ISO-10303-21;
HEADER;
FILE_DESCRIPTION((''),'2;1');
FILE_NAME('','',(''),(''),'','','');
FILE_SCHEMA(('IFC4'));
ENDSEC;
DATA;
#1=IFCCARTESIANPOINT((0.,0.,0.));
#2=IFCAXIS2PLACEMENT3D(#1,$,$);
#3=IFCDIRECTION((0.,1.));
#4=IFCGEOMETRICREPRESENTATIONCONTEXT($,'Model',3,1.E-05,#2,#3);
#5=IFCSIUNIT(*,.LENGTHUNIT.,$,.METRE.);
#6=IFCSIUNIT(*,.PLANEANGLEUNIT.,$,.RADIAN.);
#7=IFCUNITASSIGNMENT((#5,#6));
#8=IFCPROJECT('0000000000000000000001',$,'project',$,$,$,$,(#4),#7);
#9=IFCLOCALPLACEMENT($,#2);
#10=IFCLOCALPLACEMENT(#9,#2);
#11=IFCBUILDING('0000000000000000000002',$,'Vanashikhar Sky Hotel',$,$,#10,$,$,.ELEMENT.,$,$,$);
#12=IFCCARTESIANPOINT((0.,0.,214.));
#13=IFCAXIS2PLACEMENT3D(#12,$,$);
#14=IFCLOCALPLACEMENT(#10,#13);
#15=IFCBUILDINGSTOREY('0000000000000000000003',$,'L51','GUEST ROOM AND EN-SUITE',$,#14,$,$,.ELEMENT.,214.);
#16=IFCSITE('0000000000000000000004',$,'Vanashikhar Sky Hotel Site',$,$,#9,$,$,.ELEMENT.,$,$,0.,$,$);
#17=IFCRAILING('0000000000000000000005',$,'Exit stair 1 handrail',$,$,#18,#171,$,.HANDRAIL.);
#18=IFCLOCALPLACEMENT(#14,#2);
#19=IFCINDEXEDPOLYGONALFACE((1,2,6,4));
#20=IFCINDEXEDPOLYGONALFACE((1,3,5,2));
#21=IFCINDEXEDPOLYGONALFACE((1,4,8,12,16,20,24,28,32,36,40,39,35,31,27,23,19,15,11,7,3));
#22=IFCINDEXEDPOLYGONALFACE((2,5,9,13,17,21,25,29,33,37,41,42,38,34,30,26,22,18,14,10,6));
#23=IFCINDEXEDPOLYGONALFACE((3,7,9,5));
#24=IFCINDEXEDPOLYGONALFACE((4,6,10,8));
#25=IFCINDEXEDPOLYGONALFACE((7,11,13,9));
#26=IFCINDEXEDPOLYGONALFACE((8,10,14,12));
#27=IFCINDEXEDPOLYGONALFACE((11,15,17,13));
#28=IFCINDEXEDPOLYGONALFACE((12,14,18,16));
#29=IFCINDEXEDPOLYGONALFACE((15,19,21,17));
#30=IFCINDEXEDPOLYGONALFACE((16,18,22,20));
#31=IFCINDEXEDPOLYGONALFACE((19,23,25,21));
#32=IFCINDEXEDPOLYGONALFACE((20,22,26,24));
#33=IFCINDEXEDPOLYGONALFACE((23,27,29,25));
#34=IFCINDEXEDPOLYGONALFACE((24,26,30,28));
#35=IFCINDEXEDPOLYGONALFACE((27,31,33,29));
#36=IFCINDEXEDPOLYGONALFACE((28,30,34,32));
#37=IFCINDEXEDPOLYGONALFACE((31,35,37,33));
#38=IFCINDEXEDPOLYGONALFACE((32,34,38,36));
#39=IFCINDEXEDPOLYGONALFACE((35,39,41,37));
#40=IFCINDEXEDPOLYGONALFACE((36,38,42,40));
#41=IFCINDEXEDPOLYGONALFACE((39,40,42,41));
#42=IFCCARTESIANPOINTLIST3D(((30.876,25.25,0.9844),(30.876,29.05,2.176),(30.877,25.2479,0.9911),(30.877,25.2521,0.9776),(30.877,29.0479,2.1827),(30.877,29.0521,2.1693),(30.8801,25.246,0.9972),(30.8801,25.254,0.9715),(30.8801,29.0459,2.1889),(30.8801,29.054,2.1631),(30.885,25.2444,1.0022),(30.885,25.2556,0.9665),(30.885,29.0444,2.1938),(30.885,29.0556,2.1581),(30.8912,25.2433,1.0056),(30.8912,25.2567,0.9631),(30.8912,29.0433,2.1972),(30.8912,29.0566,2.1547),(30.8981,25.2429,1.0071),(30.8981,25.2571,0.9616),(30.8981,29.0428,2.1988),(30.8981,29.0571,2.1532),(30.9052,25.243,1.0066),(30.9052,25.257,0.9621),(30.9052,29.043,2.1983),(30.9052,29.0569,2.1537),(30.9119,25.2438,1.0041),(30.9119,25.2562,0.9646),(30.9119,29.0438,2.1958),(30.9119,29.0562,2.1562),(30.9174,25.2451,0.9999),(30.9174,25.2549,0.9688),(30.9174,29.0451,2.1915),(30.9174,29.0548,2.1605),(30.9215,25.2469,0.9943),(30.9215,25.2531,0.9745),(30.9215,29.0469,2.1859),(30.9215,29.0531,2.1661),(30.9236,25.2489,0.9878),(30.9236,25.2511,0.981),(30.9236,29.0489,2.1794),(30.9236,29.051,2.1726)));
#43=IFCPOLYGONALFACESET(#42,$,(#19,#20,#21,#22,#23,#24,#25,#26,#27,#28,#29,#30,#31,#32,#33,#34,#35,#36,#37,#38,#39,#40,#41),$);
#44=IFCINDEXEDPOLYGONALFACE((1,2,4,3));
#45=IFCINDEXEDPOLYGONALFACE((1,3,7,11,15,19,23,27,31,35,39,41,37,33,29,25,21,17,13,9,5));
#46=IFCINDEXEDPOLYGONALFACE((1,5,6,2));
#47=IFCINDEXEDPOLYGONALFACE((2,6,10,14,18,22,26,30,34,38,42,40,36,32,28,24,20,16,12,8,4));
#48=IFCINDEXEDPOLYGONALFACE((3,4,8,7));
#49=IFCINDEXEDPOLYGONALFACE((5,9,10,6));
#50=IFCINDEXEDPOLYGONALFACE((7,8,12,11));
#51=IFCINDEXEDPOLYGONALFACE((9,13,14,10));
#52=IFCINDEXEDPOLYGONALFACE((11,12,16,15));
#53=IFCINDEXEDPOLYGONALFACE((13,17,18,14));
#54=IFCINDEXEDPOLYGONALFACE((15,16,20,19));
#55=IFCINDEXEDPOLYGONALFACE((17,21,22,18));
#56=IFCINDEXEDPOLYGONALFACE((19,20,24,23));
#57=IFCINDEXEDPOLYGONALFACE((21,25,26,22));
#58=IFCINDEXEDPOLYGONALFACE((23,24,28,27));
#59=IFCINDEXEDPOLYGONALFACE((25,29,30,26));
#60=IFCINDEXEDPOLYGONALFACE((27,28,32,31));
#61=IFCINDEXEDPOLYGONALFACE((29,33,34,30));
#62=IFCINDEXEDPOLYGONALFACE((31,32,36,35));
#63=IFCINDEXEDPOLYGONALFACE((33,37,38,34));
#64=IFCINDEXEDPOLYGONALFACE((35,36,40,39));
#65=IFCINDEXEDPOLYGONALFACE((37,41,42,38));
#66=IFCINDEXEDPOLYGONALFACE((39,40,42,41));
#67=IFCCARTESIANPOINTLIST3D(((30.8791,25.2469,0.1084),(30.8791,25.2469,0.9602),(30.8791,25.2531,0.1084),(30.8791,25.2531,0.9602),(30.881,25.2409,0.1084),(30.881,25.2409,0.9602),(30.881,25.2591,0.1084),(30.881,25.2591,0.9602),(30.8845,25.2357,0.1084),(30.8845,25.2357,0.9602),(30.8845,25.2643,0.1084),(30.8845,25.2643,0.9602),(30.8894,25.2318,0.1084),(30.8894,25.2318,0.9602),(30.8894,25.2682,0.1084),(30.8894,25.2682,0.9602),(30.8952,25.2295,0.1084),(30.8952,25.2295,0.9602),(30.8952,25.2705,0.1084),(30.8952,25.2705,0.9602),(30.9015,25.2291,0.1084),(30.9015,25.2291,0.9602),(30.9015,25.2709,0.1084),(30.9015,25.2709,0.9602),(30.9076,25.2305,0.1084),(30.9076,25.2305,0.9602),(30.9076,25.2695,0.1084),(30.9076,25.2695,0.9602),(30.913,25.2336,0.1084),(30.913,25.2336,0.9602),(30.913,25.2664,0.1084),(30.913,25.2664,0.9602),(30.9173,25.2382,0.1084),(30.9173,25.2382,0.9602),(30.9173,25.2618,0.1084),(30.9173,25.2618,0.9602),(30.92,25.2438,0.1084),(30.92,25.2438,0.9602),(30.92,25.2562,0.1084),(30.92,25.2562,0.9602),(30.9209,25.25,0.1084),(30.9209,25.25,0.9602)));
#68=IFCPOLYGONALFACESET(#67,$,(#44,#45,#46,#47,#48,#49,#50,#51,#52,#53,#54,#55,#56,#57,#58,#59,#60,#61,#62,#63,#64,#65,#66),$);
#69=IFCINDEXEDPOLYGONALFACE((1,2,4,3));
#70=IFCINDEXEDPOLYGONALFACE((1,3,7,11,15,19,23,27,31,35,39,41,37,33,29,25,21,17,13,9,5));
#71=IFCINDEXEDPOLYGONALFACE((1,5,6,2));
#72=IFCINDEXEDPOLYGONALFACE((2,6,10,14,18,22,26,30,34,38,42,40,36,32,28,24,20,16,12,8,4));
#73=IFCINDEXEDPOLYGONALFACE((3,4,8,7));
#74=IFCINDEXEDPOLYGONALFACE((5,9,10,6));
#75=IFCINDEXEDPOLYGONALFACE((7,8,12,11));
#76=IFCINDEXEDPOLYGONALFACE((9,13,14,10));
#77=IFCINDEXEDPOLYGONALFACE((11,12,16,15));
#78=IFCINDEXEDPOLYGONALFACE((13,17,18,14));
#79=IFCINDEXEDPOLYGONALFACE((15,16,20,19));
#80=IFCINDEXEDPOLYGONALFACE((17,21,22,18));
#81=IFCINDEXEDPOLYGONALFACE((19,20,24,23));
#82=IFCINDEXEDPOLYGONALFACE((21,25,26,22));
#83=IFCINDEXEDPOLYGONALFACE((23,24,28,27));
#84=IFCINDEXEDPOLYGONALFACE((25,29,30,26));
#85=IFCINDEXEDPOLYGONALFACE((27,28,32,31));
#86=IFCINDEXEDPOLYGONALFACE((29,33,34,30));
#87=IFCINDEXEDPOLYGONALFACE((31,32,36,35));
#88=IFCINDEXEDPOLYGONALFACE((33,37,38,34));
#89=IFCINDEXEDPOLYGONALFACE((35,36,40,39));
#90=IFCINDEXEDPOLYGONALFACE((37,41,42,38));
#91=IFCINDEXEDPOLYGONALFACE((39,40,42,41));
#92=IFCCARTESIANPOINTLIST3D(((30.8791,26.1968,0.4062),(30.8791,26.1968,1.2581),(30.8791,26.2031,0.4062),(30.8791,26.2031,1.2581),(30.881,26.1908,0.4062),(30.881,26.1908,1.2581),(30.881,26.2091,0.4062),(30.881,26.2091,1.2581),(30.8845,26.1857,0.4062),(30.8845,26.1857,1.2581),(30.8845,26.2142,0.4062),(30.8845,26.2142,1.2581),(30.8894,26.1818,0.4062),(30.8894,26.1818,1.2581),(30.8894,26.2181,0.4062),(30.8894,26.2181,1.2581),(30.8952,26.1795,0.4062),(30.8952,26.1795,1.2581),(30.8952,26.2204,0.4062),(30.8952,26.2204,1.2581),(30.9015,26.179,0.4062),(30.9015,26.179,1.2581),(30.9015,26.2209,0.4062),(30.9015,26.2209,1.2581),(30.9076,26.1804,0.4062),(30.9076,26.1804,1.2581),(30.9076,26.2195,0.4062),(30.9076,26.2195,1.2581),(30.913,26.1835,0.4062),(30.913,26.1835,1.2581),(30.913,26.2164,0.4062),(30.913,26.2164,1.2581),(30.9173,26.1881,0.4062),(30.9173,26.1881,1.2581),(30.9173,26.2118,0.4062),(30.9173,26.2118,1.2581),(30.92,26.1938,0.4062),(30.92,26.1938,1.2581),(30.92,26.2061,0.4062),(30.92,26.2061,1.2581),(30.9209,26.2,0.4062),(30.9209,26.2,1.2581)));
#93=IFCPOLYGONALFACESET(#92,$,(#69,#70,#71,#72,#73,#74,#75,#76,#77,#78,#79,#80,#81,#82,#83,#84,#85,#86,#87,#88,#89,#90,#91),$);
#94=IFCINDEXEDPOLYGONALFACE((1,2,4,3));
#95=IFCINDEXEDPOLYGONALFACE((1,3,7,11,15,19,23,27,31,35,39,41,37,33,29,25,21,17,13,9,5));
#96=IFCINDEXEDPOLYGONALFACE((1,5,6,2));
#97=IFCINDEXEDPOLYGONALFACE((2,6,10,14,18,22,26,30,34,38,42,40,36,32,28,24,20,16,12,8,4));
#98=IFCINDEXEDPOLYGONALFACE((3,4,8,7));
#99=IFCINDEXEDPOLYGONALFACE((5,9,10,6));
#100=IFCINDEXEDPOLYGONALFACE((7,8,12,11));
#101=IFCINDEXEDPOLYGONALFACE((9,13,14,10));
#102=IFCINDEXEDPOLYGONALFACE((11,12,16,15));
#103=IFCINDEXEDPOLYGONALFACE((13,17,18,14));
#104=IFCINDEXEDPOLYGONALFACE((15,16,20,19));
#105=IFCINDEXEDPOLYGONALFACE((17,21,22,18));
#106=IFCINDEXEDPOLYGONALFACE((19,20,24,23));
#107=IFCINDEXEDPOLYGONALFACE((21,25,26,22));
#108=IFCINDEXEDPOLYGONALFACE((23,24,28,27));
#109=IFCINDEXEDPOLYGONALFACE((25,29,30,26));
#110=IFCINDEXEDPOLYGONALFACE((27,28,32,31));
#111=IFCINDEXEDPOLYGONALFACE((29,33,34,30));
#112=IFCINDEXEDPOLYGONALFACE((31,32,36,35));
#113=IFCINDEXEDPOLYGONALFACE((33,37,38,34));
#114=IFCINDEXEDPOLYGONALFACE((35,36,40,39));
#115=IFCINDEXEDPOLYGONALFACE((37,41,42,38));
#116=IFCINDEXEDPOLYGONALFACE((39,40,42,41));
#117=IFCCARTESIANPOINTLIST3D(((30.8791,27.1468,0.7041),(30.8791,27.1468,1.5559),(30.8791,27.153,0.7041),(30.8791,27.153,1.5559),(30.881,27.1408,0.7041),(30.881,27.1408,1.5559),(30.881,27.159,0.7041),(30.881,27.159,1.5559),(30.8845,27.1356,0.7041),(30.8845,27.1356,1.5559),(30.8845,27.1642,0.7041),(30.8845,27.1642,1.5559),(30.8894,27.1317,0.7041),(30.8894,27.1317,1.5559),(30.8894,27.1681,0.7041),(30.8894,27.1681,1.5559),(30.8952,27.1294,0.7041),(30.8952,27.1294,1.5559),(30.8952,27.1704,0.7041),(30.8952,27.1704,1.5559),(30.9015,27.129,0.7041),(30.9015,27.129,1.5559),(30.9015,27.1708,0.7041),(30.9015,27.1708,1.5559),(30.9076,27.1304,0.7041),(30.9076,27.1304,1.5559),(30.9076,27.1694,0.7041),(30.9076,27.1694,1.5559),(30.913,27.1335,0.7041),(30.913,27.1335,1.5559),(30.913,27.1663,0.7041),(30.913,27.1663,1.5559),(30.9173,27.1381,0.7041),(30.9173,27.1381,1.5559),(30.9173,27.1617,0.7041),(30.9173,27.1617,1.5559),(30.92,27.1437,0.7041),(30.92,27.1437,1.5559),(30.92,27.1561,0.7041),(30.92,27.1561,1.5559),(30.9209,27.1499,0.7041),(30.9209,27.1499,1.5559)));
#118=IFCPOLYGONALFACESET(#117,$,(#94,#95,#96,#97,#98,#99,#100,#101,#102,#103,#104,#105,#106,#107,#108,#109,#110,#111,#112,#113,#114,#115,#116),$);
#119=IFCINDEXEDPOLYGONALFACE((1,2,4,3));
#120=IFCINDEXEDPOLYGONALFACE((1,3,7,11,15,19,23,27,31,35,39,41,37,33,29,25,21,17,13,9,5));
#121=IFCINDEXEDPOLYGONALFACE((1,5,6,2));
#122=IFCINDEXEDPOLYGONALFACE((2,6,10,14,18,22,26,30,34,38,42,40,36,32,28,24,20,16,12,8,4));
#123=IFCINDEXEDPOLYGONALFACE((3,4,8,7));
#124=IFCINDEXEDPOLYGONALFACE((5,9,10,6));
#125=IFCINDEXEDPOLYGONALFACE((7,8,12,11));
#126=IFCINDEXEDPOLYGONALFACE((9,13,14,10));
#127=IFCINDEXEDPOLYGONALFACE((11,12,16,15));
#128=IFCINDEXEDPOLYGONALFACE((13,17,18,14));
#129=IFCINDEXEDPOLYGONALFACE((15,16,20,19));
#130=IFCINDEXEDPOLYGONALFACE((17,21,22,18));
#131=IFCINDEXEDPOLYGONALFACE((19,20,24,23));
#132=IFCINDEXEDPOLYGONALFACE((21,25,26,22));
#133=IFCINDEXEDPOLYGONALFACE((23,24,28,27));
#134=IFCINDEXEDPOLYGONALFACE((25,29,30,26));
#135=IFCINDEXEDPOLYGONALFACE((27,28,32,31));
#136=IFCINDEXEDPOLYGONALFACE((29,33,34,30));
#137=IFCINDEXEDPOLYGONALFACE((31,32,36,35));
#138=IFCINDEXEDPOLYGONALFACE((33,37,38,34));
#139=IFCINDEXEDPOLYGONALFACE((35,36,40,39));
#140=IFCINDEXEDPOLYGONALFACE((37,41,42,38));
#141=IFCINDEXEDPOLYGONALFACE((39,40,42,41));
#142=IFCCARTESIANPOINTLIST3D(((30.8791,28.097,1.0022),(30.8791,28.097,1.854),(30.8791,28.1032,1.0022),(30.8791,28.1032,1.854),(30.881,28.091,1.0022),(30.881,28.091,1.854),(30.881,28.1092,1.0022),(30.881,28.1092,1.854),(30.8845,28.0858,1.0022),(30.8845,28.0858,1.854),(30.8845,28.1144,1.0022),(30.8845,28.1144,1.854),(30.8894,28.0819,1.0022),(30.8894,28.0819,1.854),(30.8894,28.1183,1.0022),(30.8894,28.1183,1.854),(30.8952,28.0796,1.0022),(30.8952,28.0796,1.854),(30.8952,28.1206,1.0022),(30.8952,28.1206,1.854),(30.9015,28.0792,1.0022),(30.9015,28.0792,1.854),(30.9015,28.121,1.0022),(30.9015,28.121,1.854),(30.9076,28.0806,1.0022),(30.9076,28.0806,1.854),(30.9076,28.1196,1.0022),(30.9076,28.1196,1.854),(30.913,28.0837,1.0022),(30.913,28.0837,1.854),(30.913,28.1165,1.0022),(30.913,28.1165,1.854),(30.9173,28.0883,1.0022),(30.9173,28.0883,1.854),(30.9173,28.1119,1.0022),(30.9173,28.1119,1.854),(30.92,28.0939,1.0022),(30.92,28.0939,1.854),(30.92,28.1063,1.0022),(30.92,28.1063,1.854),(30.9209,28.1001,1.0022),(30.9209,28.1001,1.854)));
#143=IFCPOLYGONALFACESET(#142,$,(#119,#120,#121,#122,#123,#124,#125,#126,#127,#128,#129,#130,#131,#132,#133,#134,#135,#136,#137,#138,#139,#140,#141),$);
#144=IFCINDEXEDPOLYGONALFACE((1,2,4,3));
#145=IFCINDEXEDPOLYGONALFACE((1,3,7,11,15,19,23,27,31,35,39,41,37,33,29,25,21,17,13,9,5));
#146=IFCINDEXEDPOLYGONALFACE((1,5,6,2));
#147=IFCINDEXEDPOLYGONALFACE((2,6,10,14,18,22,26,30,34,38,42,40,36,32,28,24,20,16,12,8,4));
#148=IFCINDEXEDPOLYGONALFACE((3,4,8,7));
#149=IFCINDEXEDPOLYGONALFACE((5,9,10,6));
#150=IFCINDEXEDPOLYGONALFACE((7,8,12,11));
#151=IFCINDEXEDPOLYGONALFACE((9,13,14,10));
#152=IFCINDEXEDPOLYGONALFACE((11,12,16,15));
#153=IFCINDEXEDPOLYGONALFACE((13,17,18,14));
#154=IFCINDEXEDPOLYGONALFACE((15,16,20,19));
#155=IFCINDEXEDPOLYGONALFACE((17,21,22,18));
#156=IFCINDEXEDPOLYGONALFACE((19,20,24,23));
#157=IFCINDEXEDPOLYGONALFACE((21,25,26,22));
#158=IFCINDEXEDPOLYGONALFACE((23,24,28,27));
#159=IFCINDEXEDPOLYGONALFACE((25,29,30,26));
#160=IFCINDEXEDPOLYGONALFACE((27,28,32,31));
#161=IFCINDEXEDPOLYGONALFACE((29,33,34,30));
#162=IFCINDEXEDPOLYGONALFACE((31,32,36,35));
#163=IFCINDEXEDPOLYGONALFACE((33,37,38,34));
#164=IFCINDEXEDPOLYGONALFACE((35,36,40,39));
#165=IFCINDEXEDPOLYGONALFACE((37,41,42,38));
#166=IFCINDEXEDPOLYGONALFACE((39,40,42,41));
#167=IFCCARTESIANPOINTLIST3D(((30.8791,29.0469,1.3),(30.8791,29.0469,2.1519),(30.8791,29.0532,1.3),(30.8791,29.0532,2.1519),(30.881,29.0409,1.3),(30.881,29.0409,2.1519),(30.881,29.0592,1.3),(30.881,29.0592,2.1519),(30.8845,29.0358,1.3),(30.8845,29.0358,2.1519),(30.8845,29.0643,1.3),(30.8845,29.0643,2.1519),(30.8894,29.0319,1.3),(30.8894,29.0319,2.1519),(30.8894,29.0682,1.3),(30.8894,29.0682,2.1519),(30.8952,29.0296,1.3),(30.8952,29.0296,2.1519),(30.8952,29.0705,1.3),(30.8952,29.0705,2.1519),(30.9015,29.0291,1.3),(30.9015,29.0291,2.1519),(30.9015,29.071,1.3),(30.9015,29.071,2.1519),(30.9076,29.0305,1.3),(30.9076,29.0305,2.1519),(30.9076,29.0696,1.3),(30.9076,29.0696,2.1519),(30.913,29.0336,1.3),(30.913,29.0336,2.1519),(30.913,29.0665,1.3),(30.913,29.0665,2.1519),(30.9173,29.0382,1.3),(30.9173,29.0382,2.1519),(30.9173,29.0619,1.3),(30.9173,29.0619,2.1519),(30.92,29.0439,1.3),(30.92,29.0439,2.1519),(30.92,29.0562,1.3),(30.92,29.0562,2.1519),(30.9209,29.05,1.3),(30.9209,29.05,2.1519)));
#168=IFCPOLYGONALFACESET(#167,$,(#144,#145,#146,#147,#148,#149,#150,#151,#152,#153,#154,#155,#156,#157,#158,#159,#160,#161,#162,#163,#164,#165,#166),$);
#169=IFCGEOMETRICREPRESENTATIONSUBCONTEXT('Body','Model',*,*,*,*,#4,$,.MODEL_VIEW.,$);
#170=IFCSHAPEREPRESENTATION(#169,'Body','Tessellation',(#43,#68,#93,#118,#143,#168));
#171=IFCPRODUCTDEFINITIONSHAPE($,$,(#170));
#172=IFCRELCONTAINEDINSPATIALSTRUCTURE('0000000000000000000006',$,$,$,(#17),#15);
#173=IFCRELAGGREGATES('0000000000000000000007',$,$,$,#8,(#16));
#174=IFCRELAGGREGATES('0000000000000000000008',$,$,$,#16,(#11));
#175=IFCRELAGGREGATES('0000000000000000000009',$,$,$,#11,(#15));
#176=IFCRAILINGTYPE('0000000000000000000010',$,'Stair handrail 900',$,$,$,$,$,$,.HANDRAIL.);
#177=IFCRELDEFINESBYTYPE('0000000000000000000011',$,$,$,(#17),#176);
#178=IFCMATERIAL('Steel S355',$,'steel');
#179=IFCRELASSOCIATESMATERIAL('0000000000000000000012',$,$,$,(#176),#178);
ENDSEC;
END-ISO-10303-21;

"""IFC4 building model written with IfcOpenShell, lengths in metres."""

from ifc_helpers import new_model, si_unit, direction, frame, origin, origin_2d, place, context, subcontext, project, spatial, circle, extrude, source, transform, mapped, material, type_object, element, save


model = new_model("IFC4")

# Units and contexts
model_context = context("Model", 3, precision=1e-05, world=origin(), true_north=direction((0.0, 1.0)))
body_context = subcontext(model_context, "Body", "Model", "MODEL_VIEW")
ifc_project = project(units=[si_unit("LENGTHUNIT", "METRE"), si_unit("PLANEANGLEUNIT", "RADIAN")], contexts=[model_context])

# Site, building, storey
site_placement = place(None, origin())
site = spatial("IfcSite", under=ifc_project, at=site_placement, Name="Vanashikhar Sky Hotel Site", CompositionType="ELEMENT", RefElevation=0.0)
building_placement = place(site_placement, origin())
building = spatial("IfcBuilding", under=site, at=building_placement, Name="Vanashikhar Sky Hotel", CompositionType="ELEMENT")
storey_placement = place(building_placement, frame((0.0, 0.0, 214.0)))
storey = spatial("IfcBuildingStorey", under=building, at=storey_placement, Name="L51", Description="GUEST ROOM AND EN-SUITE", CompositionType="ELEMENT", Elevation=214.0)

# Railing
ifc_material_1 = material(Name="Steel S355", Category="steel")
railing_type_1 = type_object("IfcRailingType", Name="Stair handrail 900", PredefinedType="HANDRAIL", material=ifc_material_1)
shared_shape_1 = source(origin(), body_context, "Body", "SweptSolid", [
    extrude(circle(Radius=0.0239, at=origin_2d()), frame((0.0, 0.0, 0.876), z_axis=(0.0, 0.954184, 0.299221), x_axis=(-1.0, 0.0, 0.0)), (0.0, 0.0, 1.0), 3.9824),
    extrude(circle(Radius=0.021, at=origin_2d()), origin(), (0.0, 0.0, 1.0), 0.8518),
    extrude(circle(Radius=0.021, at=origin_2d()), frame((0.0, 0.95, 0.2979)), (0.0, 0.0, 1.0), 0.8518),
    extrude(circle(Radius=0.021, at=origin_2d()), frame((0.0, 1.8999, 0.5957)), (0.0, 0.0, 1.0), 0.8518),
    extrude(circle(Radius=0.021, at=origin_2d()), frame((0.0, 2.8501, 0.8938)), (0.0, 0.0, 1.0), 0.8518),
    extrude(circle(Radius=0.021, at=origin_2d()), frame((0.0, 3.8, 1.1917)), (0.0, 0.0, 1.0), 0.8518),
])
for number, where, name in (
    (1, (30.8999, 25.25, 0.1084), "Exit stair 1 handrail"),
):
    element("IfcRailing", number, at=place(storey_placement, frame(where)), inside=storey, type_object=railing_type_1, Name=name, PredefinedType="HANDRAIL", context=body_context, shape_type="MappedRepresentation", body=[
        mapped(shared_shape_1, transform((0.0, 0.0, 0.0), scale=1.0)),
    ])

save(model, "model.ifc")
